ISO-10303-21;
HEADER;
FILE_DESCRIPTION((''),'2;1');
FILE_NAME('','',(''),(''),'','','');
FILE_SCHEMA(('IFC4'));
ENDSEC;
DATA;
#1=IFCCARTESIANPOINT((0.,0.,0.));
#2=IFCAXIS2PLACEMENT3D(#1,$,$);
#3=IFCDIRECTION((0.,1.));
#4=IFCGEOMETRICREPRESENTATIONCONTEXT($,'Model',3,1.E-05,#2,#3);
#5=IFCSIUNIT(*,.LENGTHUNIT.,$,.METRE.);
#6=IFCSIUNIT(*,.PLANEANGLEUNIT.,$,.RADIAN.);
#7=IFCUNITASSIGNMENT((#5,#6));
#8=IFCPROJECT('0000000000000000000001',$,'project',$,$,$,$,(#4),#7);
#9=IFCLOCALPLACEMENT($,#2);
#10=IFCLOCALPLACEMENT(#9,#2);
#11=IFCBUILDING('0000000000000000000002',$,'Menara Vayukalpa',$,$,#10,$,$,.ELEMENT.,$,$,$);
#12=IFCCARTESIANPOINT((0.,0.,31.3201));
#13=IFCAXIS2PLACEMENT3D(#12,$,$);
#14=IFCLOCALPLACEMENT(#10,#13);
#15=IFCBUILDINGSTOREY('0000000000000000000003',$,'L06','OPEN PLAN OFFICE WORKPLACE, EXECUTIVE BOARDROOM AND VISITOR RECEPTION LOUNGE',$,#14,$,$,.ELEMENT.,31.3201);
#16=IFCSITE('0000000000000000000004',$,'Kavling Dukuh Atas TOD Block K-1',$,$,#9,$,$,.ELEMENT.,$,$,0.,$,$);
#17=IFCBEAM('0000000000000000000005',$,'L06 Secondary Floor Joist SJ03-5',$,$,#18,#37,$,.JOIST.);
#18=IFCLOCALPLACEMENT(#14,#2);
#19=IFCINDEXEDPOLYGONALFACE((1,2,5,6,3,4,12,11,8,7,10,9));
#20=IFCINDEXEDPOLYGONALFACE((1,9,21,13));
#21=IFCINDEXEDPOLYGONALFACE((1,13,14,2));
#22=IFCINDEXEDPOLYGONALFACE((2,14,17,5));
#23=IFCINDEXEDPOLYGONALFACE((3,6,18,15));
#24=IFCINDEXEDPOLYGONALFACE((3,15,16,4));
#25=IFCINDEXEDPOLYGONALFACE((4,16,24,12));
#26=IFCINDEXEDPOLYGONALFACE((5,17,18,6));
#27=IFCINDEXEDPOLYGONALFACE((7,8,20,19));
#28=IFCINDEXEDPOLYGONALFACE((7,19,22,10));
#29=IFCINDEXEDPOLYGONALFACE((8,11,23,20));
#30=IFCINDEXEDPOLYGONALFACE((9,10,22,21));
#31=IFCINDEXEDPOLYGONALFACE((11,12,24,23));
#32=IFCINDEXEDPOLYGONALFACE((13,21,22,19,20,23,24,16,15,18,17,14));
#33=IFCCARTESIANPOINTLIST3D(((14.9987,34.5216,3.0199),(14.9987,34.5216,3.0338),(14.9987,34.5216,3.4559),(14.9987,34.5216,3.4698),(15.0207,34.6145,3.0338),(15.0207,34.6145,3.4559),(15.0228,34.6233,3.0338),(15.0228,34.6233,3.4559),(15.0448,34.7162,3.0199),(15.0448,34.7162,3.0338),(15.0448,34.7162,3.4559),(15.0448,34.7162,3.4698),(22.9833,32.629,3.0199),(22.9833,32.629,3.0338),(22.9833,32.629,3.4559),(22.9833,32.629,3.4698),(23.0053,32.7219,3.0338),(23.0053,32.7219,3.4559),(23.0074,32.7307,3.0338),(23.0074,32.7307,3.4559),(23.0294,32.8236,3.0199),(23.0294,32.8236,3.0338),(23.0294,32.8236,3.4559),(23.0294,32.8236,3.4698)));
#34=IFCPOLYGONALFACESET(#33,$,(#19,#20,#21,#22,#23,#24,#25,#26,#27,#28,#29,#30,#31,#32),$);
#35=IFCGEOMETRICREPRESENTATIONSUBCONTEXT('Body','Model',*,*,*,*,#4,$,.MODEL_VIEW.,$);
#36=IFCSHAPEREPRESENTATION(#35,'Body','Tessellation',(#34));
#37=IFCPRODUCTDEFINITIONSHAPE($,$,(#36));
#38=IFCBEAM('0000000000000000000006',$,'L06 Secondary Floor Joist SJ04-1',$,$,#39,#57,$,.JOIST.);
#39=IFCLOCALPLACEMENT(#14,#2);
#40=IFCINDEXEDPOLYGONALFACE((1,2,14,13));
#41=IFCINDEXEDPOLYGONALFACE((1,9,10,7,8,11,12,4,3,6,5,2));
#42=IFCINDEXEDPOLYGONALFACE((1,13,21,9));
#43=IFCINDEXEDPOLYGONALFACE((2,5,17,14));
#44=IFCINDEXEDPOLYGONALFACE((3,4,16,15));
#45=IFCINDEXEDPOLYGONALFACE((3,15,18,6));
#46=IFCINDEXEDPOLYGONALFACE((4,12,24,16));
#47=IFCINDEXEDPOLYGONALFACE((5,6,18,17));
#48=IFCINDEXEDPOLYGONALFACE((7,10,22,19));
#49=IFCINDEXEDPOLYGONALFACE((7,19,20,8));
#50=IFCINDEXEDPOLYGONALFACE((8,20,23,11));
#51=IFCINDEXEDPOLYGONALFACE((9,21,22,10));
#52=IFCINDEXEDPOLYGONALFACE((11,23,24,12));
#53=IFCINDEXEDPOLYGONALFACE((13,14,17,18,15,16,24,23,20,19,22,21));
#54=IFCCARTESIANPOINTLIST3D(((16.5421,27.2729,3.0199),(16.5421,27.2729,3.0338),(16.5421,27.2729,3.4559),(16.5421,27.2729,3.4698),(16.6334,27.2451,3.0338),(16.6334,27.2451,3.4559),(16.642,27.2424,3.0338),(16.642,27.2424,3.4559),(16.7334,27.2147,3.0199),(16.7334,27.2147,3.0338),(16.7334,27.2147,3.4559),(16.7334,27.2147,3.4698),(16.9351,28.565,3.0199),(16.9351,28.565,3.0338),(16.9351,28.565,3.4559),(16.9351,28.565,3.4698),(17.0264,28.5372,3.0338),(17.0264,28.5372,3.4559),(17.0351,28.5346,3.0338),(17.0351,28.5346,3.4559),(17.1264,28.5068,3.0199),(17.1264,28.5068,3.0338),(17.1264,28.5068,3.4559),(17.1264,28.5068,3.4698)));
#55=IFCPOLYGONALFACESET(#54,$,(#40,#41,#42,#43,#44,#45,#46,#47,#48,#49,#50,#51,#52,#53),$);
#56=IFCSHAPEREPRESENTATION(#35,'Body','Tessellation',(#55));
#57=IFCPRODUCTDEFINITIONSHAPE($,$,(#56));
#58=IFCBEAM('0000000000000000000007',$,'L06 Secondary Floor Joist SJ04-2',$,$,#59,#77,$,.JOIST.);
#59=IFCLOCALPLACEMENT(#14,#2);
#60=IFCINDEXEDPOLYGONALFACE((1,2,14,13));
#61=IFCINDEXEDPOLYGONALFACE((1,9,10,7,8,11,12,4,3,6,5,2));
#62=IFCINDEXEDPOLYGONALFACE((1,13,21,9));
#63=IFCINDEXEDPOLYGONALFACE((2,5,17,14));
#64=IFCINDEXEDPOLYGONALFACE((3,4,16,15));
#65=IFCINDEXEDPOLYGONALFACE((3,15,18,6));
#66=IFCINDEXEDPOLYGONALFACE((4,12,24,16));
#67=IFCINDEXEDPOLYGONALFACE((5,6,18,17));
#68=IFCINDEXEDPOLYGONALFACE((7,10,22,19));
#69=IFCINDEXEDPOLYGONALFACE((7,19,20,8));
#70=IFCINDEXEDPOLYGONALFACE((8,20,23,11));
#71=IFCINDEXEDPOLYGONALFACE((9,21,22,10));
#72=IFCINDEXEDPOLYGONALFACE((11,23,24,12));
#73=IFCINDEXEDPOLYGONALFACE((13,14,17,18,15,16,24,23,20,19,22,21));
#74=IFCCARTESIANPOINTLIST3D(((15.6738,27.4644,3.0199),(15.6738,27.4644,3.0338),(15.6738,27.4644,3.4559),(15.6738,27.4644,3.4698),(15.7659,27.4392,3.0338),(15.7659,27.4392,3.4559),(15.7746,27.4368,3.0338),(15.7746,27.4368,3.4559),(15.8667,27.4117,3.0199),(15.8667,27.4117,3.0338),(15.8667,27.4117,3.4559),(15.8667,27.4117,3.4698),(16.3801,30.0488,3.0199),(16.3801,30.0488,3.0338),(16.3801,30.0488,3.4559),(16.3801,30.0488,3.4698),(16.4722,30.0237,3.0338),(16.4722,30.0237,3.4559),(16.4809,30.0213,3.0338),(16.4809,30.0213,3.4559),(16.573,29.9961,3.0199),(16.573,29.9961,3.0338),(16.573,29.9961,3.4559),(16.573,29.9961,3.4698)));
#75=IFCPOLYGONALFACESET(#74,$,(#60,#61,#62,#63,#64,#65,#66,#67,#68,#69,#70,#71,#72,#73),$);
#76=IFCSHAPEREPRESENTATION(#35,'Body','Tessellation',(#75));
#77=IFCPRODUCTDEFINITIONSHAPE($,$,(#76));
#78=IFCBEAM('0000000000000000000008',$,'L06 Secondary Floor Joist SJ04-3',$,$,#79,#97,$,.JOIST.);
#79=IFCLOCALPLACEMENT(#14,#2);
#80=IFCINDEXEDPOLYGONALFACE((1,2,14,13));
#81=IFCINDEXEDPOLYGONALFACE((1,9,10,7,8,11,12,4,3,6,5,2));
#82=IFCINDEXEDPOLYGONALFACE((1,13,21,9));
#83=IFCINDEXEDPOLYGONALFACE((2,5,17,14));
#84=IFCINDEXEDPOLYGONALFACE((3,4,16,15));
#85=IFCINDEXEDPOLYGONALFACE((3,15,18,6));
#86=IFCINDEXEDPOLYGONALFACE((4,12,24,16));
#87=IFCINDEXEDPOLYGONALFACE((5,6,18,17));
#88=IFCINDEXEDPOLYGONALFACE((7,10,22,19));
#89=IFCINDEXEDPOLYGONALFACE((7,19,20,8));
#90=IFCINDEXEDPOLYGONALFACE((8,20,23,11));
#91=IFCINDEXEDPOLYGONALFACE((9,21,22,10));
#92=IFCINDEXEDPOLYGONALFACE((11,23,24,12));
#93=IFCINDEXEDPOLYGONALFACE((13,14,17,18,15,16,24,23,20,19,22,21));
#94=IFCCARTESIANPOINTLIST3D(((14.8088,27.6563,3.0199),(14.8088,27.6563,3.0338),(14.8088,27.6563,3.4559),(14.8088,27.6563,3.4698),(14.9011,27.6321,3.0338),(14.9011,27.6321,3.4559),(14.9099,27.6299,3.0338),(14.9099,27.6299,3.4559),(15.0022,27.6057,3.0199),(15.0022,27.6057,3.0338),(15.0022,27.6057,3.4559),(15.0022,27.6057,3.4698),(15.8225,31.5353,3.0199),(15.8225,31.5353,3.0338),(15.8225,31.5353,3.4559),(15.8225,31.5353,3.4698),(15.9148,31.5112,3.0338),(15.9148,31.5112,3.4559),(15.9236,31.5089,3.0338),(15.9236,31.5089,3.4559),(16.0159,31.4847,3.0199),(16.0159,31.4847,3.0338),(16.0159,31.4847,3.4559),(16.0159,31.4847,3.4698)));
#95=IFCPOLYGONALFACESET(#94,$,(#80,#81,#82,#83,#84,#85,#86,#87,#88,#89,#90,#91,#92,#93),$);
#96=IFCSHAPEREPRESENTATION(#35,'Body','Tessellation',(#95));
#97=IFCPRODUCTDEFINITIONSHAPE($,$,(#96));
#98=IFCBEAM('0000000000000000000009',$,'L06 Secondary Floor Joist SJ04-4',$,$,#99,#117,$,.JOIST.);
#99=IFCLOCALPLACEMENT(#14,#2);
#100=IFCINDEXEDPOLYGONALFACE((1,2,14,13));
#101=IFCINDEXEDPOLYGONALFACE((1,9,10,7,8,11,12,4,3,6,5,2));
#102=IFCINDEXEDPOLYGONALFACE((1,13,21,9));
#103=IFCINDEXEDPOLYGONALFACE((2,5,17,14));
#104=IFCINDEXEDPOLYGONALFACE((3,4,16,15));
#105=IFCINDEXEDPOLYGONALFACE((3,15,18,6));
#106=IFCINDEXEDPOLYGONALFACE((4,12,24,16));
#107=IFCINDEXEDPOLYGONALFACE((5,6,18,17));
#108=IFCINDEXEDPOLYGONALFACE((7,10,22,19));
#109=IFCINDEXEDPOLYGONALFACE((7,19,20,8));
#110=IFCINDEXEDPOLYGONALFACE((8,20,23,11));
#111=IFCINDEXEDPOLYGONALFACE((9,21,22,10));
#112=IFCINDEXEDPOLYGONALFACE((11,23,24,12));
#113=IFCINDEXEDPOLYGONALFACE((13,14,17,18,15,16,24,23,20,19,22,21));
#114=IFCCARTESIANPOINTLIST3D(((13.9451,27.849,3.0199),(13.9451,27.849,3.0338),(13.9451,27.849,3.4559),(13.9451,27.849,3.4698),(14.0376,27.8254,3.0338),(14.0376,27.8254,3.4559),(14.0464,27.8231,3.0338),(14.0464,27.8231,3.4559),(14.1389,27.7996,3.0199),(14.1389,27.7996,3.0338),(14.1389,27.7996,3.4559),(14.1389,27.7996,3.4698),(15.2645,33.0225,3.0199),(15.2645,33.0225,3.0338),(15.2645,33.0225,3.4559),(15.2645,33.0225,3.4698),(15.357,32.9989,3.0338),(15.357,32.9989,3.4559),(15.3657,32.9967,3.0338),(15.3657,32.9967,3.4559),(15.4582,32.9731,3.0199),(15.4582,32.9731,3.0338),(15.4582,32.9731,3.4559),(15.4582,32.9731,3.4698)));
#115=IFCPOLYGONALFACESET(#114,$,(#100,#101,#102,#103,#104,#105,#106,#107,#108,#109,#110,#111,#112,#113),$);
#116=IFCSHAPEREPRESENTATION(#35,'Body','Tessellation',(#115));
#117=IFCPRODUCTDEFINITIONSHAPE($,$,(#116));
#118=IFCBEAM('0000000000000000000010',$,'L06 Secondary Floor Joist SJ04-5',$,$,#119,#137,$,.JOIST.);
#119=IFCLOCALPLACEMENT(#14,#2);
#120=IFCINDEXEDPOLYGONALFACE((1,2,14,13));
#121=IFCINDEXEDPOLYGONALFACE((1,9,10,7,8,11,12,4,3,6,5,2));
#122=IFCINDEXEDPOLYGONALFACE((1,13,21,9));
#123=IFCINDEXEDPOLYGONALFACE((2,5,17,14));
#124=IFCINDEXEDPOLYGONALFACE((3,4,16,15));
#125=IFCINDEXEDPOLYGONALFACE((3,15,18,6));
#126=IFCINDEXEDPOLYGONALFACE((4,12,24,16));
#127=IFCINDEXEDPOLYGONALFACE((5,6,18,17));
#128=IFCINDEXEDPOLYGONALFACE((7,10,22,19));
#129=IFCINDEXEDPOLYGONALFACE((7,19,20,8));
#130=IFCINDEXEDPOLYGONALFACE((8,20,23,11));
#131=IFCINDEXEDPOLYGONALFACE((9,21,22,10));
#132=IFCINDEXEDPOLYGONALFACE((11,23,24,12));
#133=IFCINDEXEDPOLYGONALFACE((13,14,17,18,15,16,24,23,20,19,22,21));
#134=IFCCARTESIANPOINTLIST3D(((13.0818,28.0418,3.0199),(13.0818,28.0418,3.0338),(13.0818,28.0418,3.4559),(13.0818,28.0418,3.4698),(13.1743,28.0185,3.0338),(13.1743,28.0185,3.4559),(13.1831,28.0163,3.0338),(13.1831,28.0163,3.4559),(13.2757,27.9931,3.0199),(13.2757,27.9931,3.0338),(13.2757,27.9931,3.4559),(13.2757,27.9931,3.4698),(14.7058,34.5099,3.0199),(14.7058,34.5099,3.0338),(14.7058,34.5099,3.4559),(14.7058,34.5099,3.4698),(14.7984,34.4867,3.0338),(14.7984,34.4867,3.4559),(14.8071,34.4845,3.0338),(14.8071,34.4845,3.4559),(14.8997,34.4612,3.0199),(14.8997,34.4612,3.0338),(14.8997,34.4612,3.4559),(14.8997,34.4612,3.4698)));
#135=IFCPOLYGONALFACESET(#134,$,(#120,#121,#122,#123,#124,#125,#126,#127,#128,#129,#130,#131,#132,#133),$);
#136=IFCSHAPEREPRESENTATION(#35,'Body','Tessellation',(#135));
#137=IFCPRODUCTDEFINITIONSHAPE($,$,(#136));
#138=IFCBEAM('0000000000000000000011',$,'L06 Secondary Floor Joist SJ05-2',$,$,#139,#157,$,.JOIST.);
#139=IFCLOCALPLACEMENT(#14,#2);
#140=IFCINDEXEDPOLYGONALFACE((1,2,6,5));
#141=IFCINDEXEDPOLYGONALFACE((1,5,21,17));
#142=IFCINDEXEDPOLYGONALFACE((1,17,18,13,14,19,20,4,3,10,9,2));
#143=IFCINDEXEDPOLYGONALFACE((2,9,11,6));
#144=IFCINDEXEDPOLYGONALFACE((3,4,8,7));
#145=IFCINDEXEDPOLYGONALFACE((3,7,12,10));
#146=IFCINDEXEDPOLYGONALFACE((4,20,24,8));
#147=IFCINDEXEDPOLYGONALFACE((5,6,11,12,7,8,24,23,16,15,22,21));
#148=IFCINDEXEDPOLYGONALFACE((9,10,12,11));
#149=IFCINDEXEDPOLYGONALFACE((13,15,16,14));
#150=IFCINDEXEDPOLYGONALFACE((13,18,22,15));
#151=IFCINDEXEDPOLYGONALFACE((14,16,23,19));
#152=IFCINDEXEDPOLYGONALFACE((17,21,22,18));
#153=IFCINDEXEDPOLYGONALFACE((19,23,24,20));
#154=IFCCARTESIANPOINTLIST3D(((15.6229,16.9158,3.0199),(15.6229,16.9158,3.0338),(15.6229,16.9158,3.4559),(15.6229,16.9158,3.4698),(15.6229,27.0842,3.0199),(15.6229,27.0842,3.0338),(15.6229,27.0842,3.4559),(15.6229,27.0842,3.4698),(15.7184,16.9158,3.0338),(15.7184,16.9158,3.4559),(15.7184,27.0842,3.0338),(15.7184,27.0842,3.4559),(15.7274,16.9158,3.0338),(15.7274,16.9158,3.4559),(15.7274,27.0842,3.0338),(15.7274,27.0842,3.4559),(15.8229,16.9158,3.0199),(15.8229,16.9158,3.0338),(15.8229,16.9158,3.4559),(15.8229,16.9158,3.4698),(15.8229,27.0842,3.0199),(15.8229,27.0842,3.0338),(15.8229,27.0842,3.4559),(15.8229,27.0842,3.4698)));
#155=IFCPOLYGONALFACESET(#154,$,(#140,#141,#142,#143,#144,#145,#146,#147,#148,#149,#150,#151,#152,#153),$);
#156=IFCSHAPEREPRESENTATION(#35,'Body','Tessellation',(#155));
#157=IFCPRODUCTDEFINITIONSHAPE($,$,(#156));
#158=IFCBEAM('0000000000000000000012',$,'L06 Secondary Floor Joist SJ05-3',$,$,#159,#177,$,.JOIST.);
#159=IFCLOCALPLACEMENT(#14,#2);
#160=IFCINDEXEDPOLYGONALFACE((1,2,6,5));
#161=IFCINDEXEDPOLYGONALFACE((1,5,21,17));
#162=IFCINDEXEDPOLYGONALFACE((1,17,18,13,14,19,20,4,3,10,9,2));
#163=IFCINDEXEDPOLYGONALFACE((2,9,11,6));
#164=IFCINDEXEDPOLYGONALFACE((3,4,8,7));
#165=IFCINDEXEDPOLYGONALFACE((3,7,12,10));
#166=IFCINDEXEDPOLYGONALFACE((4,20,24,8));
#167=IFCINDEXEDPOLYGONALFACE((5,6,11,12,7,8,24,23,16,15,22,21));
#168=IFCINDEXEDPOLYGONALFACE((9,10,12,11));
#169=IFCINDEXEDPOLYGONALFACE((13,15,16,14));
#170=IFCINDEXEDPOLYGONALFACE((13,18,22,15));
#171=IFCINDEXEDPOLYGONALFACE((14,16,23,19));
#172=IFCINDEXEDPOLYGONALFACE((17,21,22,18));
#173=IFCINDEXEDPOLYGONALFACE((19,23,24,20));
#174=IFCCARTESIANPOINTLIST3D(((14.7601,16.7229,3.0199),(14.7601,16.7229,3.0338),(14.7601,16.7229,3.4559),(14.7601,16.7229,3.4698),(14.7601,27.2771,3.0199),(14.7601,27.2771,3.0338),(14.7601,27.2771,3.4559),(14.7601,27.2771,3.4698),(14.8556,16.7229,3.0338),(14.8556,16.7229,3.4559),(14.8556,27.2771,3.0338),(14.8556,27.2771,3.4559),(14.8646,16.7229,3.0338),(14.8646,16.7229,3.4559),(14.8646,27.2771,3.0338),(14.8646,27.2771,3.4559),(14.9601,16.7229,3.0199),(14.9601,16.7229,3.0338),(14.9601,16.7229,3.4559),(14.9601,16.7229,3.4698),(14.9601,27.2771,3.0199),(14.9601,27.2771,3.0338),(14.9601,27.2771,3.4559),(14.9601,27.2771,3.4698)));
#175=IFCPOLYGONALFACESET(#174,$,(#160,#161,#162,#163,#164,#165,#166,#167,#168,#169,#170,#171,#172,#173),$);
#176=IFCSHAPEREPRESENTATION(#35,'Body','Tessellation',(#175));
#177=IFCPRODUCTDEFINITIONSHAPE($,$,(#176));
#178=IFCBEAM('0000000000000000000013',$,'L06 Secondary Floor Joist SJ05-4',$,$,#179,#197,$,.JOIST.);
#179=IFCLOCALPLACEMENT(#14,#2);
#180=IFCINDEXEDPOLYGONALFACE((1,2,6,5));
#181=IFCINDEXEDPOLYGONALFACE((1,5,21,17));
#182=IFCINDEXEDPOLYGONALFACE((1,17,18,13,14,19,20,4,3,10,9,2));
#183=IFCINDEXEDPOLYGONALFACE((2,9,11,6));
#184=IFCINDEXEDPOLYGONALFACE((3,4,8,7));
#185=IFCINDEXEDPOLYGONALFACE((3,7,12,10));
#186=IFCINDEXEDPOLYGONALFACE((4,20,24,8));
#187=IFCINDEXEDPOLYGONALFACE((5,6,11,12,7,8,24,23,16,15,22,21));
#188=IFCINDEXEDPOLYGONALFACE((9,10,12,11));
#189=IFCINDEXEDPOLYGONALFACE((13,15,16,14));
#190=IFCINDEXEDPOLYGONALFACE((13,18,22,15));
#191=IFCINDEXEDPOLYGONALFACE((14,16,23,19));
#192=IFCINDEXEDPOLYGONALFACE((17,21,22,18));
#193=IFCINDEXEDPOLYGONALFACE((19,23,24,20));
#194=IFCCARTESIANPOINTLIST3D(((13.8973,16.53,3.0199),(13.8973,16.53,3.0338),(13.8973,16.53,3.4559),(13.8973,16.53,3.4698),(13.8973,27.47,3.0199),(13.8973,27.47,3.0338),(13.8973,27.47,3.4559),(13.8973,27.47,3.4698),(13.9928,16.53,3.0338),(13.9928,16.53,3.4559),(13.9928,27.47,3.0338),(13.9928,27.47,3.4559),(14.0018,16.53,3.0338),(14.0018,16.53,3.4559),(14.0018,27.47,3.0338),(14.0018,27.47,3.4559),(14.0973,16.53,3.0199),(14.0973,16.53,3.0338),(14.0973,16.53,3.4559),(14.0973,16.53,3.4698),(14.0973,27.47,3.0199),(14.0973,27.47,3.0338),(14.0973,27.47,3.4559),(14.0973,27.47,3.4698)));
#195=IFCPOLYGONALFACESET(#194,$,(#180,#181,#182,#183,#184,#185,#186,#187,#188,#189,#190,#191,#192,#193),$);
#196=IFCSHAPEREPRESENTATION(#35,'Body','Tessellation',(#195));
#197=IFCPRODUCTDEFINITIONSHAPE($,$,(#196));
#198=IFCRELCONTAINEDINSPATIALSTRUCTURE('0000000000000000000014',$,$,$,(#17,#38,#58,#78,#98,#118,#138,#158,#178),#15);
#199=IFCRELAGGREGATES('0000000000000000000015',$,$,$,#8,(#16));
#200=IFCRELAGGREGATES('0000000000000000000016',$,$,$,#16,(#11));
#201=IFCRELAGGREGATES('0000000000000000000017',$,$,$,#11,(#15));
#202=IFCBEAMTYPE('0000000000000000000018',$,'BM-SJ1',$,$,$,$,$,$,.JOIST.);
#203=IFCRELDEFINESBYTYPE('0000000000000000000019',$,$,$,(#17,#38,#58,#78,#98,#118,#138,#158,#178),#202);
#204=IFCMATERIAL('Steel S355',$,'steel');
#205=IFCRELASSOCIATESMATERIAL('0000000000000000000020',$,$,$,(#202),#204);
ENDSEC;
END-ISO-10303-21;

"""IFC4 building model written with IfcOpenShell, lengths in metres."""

from ifc_helpers import new_model, si_unit, direction, frame, origin, origin_2d, place, context, subcontext, project, spatial, i_section, extrude, material, material_profile, profile_set, type_object, element, save


model = new_model("IFC4")

# Units and contexts
model_context = context("Model", 3, precision=1e-05, world=origin(), true_north=direction((0.0, 1.0)))
body_context = subcontext(model_context, "Body", "Model", "MODEL_VIEW")
ifc_project = project(units=[si_unit("LENGTHUNIT", "METRE"), si_unit("PLANEANGLEUNIT", "RADIAN")], contexts=[model_context])

# Site, building, storey
site_placement = place(None, origin())
site = spatial("IfcSite", under=ifc_project, at=site_placement, Name="Kavling Dukuh Atas TOD Block K-1", CompositionType="ELEMENT", RefElevation=0.0)
building_placement = place(site_placement, origin())
building = spatial("IfcBuilding", under=site, at=building_placement, Name="Menara Vayukalpa", CompositionType="ELEMENT")
storey_placement = place(building_placement, frame((0.0, 0.0, 31.3201)))
storey = spatial("IfcBuildingStorey", under=building, at=storey_placement, Name="L06", Description="OPEN PLAN OFFICE WORKPLACE, EXECUTIVE BOARDROOM AND VISITOR RECEPTION LOUNGE", CompositionType="ELEMENT", Elevation=31.3201)

# Beams
ifc_material_1 = material(Name="Steel S355", Category="steel")
ifc_material_profile_1 = material_profile(ifc_material_1, i_section(OverallWidth=0.2, OverallDepth=0.45, WebThickness=0.009, FlangeThickness=0.0139, at=origin_2d()), Name="WF 450x200x9x14")
ifc_profile_set_1 = profile_set([ifc_material_profile_1], Name="Steel S355")
beam_type_1 = type_object("IfcBeamType", Name="BM-SJ1", PredefinedType="JOIST", material=ifc_profile_set_1)
beam_1_placement = place(storey_placement, frame((23.0063, 32.7263, 3.2449), z_axis=(-0.97304, 0.230638, 0.0), x_axis=(-0.230638, -0.97304, 0.0)))
element("IfcBeam", 1, at=beam_1_placement, inside=storey, type_object=beam_type_1, Name="L06 Secondary Floor Joist SJ03-5", PredefinedType="JOIST", context=body_context, shape_type="SweptSolid", body=[
    extrude(i_section(OverallWidth=0.2, OverallDepth=0.45, WebThickness=0.009, FlangeThickness=0.0139, at=origin_2d()), origin(), (0.0, 0.0, 1.0), 8.2058),
])
beam_2_placement = place(storey_placement, frame((17.0308, 28.5359, 3.2449), z_axis=(-0.291011, -0.95672, 0.0), x_axis=(0.95672, -0.291011, 0.0)))
element("IfcBeam", 2, at=beam_2_placement, inside=storey, type_object=beam_type_1, Name="L06 Secondary Floor Joist SJ04-1", PredefinedType="JOIST", context=body_context, shape_type="SweptSolid", body=[
    extrude(i_section(OverallWidth=0.2, OverallDepth=0.45, WebThickness=0.009, FlangeThickness=0.0139, at=origin_2d()), origin(), (0.0, 0.0, 1.0), 1.3506),
])
beam_3_placement = place(storey_placement, frame((16.4766, 30.0225, 3.2449), z_axis=(-0.263619, -0.964627, 0.0), x_axis=(0.964627, -0.263619, 0.0)))
element("IfcBeam", 3, at=beam_3_placement, inside=storey, type_object=beam_type_1, Name="L06 Secondary Floor Joist SJ04-2", PredefinedType="JOIST", context=body_context, shape_type="SweptSolid", body=[
    extrude(i_section(OverallWidth=0.2, OverallDepth=0.45, WebThickness=0.009, FlangeThickness=0.0139, at=origin_2d()), origin(), (0.0, 0.0, 1.0), 2.6792),
])
beam_4_placement = place(storey_placement, frame((15.9192, 31.51, 3.2449), z_axis=(-0.252838, -0.967509, 0.0), x_axis=(0.967509, -0.252838, 0.0)))
element("IfcBeam", 4, at=beam_4_placement, inside=storey, type_object=beam_type_1, Name="L06 Secondary Floor Joist SJ04-3", PredefinedType="JOIST", context=body_context, shape_type="SweptSolid", body=[
    extrude(i_section(OverallWidth=0.2, OverallDepth=0.45, WebThickness=0.009, FlangeThickness=0.0139, at=origin_2d()), origin(), (0.0, 0.0, 1.0), 4.0093),
])
beam_5_placement = place(storey_placement, frame((15.3613, 32.9978, 3.2449), z_axis=(-0.247106, -0.968989, 0.0), x_axis=(0.968989, -0.247106, 0.0)))
element("IfcBeam", 5, at=beam_5_placement, inside=storey, type_object=beam_type_1, Name="L06 Secondary Floor Joist SJ04-4", PredefinedType="JOIST", context=body_context, shape_type="SweptSolid", body=[
    extrude(i_section(OverallWidth=0.2, OverallDepth=0.45, WebThickness=0.009, FlangeThickness=0.0139, at=origin_2d()), origin(), (0.0, 0.0, 1.0), 5.3391),
])
beam_6_placement = place(storey_placement, frame((14.8027, 34.4856, 3.2449), z_axis=(-0.243517, -0.969897, 0.0), x_axis=(0.969897, -0.243517, 0.0)))
element("IfcBeam", 6, at=beam_6_placement, inside=storey, type_object=beam_type_1, Name="L06 Secondary Floor Joist SJ04-5", PredefinedType="JOIST", context=body_context, shape_type="SweptSolid", body=[
    extrude(i_section(OverallWidth=0.2, OverallDepth=0.45, WebThickness=0.009, FlangeThickness=0.0139, at=origin_2d()), origin(), (0.0, 0.0, 1.0), 6.6689),
])
beam_7_placement = place(storey_placement, frame((15.7229, 27.0842, 3.2449), z_axis=(0.0, -1.0, 0.0), x_axis=(1.0, 0.0, 0.0)))
element("IfcBeam", 7, at=beam_7_placement, inside=storey, type_object=beam_type_1, Name="L06 Secondary Floor Joist SJ05-2", PredefinedType="JOIST", context=body_context, shape_type="SweptSolid", body=[
    extrude(i_section(OverallWidth=0.2, OverallDepth=0.45, WebThickness=0.009, FlangeThickness=0.0139, at=origin_2d()), origin(), (0.0, 0.0, 1.0), 10.1685),
])
beam_8_placement = place(storey_placement, frame((14.8601, 27.2771, 3.2449), z_axis=(0.0, -1.0, 0.0), x_axis=(1.0, 0.0, 0.0)))
element("IfcBeam", 8, at=beam_8_placement, inside=storey, type_object=beam_type_1, Name="L06 Secondary Floor Joist SJ05-3", PredefinedType="JOIST", context=body_context, shape_type="SweptSolid", body=[
    extrude(i_section(OverallWidth=0.2, OverallDepth=0.45, WebThickness=0.009, FlangeThickness=0.0139, at=origin_2d()), origin(), (0.0, 0.0, 1.0), 10.5542),
])
beam_9_placement = place(storey_placement, frame((13.9973, 27.47, 3.2449), z_axis=(0.0, -1.0, 0.0), x_axis=(1.0, 0.0, 0.0)))
element("IfcBeam", 9, at=beam_9_placement, inside=storey, type_object=beam_type_1, Name="L06 Secondary Floor Joist SJ05-4", PredefinedType="JOIST", context=body_context, shape_type="SweptSolid", body=[
    extrude(i_section(OverallWidth=0.2, OverallDepth=0.45, WebThickness=0.009, FlangeThickness=0.0139, at=origin_2d()), origin(), (0.0, 0.0, 1.0), 10.9399),
])

save(model, "model.ifc")
